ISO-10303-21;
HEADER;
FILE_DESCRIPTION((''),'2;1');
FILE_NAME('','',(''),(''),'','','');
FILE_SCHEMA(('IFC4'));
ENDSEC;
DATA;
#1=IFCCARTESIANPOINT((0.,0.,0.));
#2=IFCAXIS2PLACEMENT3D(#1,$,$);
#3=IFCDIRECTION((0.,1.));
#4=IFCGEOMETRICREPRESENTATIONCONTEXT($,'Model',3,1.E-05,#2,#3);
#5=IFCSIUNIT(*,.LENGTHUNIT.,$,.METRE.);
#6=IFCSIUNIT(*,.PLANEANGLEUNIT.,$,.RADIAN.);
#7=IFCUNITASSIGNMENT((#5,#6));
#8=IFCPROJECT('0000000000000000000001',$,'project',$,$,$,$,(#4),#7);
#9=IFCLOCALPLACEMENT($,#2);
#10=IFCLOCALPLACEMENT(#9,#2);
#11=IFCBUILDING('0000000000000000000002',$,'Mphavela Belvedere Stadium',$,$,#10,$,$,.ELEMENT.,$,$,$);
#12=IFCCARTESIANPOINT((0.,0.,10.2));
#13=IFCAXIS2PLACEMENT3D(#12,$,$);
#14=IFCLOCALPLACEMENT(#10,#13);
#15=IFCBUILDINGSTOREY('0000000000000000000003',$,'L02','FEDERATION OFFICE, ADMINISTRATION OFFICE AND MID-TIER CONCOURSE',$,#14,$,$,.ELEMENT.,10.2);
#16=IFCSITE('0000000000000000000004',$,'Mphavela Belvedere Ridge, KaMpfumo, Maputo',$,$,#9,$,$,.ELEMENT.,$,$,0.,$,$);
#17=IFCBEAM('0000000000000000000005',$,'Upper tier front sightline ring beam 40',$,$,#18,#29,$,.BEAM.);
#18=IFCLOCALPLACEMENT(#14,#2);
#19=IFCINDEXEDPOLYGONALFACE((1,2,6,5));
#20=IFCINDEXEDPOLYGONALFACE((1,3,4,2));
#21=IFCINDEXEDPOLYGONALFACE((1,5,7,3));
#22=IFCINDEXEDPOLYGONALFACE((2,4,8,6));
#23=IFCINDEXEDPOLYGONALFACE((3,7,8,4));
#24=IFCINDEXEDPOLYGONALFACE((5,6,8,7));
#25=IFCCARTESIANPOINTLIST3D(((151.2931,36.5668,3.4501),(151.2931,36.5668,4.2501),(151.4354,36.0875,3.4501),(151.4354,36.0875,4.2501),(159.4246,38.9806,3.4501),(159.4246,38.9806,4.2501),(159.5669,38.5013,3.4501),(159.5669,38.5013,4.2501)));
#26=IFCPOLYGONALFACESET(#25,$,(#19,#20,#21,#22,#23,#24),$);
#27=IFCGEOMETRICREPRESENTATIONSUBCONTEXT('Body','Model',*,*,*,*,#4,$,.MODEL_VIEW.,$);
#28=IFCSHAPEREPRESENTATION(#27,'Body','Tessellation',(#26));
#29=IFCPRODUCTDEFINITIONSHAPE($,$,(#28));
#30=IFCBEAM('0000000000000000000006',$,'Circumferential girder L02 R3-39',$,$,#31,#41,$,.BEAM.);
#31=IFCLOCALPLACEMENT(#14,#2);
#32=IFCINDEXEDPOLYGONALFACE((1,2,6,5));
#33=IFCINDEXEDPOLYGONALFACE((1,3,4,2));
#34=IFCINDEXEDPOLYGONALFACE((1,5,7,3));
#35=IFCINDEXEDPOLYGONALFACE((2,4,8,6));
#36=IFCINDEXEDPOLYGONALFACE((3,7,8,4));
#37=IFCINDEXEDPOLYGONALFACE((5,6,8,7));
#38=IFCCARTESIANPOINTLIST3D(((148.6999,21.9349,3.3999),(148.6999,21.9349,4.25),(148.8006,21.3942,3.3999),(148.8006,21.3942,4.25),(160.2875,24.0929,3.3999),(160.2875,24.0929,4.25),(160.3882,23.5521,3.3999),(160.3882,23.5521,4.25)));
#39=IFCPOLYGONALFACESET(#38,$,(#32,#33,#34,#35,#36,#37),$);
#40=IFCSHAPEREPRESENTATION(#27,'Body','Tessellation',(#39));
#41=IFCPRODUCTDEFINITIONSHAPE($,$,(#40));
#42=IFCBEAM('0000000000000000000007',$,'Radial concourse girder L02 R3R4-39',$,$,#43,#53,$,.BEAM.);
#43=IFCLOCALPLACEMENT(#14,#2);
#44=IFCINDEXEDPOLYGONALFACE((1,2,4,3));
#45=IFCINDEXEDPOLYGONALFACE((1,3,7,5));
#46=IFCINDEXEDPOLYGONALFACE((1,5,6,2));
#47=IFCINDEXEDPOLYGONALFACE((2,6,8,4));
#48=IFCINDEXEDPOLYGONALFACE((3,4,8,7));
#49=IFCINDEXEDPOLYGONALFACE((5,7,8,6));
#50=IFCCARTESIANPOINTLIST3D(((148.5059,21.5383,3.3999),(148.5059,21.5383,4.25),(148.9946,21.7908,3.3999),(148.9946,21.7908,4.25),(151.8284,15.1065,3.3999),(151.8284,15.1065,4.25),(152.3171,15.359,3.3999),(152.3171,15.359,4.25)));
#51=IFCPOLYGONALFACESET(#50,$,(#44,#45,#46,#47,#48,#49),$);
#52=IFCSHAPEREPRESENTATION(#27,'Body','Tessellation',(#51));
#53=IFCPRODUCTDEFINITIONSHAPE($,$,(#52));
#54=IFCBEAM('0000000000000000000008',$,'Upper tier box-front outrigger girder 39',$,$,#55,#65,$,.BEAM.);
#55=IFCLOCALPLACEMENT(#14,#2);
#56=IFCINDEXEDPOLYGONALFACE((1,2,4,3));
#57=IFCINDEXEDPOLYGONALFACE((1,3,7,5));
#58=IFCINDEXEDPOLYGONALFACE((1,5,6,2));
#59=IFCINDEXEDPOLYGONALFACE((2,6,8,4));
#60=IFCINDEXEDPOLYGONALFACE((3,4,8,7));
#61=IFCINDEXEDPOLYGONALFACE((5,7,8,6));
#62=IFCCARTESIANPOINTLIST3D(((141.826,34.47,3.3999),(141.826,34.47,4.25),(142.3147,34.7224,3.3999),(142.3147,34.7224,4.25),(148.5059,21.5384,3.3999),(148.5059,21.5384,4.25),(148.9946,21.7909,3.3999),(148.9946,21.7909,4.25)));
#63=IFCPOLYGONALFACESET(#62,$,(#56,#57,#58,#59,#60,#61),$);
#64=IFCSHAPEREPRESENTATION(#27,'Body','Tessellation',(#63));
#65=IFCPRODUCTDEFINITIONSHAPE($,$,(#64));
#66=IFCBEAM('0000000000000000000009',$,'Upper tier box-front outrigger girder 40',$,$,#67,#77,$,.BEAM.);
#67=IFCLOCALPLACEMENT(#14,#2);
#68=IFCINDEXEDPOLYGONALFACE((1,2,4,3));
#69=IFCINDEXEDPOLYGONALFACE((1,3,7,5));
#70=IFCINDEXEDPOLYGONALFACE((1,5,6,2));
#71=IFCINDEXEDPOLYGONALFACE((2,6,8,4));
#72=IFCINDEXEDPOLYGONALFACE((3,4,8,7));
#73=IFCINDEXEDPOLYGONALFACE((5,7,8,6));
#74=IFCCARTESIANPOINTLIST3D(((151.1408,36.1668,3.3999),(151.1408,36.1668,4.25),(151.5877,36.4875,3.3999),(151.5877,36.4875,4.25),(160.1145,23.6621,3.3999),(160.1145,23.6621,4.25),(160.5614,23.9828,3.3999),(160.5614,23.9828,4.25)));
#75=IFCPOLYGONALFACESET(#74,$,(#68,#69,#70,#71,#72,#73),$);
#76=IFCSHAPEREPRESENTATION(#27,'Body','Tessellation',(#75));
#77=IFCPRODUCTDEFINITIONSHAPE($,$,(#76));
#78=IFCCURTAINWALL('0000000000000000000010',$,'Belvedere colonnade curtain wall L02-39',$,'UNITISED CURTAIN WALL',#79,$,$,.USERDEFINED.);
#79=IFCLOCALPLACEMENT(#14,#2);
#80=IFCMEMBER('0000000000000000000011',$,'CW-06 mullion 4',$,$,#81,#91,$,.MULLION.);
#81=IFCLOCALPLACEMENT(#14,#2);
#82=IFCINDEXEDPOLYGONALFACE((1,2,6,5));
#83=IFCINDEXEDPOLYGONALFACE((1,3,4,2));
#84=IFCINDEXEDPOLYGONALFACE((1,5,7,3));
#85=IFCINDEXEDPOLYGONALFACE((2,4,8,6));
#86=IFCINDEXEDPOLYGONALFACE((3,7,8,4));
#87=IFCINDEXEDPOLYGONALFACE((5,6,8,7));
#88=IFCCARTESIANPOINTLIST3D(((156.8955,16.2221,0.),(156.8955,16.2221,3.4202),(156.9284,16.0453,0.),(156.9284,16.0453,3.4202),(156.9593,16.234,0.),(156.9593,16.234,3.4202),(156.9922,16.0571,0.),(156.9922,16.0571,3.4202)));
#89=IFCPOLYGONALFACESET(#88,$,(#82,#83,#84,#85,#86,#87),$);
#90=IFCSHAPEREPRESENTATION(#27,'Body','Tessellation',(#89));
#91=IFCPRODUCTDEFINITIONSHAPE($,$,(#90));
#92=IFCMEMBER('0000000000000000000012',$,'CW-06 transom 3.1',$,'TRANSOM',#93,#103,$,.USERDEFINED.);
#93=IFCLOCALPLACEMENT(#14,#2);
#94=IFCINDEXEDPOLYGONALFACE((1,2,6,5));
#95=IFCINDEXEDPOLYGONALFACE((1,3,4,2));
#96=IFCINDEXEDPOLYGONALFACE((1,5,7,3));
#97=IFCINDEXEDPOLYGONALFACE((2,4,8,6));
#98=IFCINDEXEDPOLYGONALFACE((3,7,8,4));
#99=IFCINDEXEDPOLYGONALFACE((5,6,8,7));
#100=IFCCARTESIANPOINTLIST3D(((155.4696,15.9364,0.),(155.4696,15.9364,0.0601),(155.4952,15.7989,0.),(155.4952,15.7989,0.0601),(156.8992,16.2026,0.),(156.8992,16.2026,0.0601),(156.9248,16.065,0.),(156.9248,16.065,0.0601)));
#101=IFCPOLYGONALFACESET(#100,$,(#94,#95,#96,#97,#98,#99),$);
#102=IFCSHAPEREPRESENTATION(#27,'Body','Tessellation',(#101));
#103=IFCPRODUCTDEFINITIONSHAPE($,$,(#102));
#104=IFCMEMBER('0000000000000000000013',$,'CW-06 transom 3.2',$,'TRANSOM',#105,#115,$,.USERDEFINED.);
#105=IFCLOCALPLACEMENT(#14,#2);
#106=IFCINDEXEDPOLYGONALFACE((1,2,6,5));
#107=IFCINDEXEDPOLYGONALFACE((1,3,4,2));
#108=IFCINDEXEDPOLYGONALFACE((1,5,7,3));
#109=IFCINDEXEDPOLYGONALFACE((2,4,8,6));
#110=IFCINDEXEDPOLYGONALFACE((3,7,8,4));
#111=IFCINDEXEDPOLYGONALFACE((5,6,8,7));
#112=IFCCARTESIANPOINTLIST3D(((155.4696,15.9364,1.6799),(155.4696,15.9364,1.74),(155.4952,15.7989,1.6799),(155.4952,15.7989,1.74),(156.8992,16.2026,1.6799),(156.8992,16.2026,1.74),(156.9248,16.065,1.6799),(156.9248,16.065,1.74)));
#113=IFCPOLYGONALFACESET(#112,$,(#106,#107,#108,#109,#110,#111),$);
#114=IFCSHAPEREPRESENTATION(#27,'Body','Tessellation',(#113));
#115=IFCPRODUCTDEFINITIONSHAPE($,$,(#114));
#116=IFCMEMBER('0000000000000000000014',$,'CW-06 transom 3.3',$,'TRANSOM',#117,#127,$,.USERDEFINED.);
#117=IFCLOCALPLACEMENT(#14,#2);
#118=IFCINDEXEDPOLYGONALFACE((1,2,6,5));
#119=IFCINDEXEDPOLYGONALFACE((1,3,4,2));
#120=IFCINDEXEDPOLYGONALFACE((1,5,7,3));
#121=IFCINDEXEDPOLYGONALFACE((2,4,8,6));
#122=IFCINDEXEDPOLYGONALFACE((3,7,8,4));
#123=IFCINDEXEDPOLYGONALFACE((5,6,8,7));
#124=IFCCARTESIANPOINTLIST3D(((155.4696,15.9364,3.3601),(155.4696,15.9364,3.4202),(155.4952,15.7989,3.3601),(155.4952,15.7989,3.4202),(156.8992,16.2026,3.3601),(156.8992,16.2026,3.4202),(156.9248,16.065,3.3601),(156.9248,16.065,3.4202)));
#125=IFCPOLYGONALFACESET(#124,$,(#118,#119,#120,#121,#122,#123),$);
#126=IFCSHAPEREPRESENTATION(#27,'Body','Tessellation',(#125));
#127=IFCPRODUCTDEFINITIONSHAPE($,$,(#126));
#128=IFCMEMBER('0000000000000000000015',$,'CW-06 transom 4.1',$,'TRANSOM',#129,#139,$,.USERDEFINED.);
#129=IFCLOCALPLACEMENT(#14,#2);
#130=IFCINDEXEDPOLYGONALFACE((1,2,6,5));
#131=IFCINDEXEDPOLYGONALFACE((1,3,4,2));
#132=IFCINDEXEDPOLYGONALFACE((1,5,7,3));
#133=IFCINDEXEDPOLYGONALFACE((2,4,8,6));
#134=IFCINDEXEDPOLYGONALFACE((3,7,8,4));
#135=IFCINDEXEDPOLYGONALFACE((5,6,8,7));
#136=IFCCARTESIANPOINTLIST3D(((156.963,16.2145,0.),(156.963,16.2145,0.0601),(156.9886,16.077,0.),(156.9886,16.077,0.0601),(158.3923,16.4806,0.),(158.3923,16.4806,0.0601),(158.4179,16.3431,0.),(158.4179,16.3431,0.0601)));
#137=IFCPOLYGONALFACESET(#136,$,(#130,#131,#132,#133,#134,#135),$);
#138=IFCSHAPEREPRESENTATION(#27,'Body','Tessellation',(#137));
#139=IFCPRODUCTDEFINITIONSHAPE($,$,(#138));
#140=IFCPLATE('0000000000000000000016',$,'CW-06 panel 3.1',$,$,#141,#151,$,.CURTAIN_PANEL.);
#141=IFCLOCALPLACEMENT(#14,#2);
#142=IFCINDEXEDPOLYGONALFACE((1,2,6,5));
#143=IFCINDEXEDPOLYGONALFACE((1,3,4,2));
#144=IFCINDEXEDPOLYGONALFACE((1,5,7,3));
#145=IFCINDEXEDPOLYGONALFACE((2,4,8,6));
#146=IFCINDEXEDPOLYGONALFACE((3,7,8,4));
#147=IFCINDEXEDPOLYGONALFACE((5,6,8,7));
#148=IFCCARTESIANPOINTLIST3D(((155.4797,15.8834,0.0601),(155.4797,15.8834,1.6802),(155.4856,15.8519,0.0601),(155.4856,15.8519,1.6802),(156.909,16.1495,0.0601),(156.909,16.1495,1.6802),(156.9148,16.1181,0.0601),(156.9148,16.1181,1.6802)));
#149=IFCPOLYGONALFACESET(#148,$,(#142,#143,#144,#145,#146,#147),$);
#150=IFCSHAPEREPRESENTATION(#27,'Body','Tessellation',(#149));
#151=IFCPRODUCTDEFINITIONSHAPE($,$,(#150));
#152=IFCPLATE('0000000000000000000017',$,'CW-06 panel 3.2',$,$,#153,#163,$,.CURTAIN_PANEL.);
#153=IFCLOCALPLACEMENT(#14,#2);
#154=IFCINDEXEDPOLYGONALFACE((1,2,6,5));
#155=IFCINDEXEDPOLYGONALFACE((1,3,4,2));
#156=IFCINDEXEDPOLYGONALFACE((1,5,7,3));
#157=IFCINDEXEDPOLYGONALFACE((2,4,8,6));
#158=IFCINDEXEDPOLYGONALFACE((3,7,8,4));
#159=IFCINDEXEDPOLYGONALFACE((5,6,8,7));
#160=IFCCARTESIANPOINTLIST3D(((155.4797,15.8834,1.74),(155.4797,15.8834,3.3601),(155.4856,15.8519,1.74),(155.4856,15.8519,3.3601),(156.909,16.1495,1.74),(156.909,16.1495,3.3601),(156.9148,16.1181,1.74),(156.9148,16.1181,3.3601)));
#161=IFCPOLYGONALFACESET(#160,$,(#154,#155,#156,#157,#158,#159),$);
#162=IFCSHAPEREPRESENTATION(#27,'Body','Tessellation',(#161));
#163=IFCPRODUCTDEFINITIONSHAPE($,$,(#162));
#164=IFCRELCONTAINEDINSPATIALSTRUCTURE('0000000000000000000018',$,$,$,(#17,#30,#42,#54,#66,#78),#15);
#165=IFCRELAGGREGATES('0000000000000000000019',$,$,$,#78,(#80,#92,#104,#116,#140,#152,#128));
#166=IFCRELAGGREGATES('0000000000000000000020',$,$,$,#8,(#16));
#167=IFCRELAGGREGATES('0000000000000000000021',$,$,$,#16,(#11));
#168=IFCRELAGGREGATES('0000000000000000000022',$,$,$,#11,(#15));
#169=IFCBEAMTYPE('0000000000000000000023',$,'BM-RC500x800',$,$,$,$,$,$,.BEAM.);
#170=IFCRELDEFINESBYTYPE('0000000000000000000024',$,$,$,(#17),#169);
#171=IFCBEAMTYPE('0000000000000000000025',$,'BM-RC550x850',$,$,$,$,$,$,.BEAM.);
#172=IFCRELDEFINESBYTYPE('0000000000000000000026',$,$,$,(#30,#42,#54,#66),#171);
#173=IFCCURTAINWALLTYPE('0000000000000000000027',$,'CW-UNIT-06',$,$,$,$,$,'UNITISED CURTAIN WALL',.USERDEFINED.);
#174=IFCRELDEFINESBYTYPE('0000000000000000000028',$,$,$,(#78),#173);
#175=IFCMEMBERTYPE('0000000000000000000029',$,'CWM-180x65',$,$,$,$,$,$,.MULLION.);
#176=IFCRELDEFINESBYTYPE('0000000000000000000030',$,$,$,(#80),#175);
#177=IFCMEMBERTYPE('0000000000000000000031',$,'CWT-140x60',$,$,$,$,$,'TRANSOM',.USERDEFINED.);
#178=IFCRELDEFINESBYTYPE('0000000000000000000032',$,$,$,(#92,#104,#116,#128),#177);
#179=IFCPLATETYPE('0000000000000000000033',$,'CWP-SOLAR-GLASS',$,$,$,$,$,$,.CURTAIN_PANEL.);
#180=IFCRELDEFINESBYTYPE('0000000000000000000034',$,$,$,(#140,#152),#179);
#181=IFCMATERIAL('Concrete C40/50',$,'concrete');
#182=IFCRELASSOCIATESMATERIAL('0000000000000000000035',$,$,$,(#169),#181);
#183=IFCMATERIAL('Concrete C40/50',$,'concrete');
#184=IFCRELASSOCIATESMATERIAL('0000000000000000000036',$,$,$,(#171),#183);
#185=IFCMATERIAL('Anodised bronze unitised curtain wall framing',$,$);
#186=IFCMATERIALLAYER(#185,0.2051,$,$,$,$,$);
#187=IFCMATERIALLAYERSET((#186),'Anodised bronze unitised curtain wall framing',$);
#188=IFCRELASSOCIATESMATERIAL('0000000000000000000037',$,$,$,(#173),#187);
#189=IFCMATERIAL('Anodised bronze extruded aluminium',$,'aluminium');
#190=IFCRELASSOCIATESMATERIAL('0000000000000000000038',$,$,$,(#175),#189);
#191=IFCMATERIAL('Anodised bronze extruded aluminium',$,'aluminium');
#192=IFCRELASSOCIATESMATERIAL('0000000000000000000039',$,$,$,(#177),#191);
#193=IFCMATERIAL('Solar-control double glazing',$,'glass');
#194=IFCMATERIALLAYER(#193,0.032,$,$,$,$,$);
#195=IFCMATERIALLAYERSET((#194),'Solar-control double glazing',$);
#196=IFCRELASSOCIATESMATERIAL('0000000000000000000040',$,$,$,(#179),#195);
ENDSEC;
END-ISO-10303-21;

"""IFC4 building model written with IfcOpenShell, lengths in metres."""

from ifc_helpers import new_model, si_unit, direction, frame, origin, origin_2d, place, context, subcontext, project, spatial, rectangle, extrude, material, layer, layer_set, material_profile, profile_set, type_object, element, aggregate, save


model = new_model("IFC4")

# Units and contexts
model_context = context("Model", 3, precision=1e-05, world=origin(), true_north=direction((0.0, 1.0)))
body_context = subcontext(model_context, "Body", "Model", "MODEL_VIEW")
ifc_project = project(units=[si_unit("LENGTHUNIT", "METRE"), si_unit("PLANEANGLEUNIT", "RADIAN")], contexts=[model_context])

# Site, building, storey
site_placement = place(None, origin())
site = spatial("IfcSite", under=ifc_project, at=site_placement, Name="Mphavela Belvedere Ridge, KaMpfumo, Maputo", CompositionType="ELEMENT", RefElevation=0.0)
building_placement = place(site_placement, origin())
building = spatial("IfcBuilding", under=site, at=building_placement, Name="Mphavela Belvedere Stadium", CompositionType="ELEMENT")
storey_placement = place(building_placement, frame((0.0, 0.0, 10.2)))
storey = spatial("IfcBuildingStorey", under=building, at=storey_placement, Name="L02", Description="FEDERATION OFFICE, ADMINISTRATION OFFICE AND MID-TIER CONCOURSE", CompositionType="ELEMENT", Elevation=10.2)

# Beams
ifc_material_1 = material(Name="Concrete C40/50", Category="concrete")
ifc_material_profile_1 = material_profile(ifc_material_1, rectangle(XDim=0.5, YDim=0.8, at=origin_2d()), Name="RC 500x800")
ifc_profile_set_1 = profile_set([ifc_material_profile_1], Name="Concrete C40/50")
beam_type_1 = type_object("IfcBeamType", Name="BM-RC500x800", PredefinedType="BEAM", material=ifc_profile_set_1)
beam_1_placement = place(storey_placement, frame((151.3643, 36.3271, 3.8501), z_axis=(0.958655, 0.284571, 0.0), x_axis=(-0.284571, 0.958655, 0.0)))
element("IfcBeam", 1, at=beam_1_placement, inside=storey, type_object=beam_type_1, Name="Upper tier front sightline ring beam 40", PredefinedType="BEAM", context=body_context, shape_type="SweptSolid", body=[
    extrude(rectangle(XDim=0.5, YDim=0.8, at=origin_2d()), origin(), (0.0, 0.0, 1.0), 8.4822),
])
ifc_material_2 = material(Name="Concrete C40/50", Category="concrete")
ifc_material_profile_2 = material_profile(ifc_material_2, rectangle(XDim=0.55, YDim=0.8501, at=origin_2d()), Name="RC 550x850")
ifc_profile_set_2 = profile_set([ifc_material_profile_2], Name="Concrete C40/50")
beam_type_2 = type_object("IfcBeamType", Name="BM-RC550x850", PredefinedType="BEAM", material=ifc_profile_set_2)
beam_2_placement = place(storey_placement, frame((148.7502, 21.6646, 3.825), z_axis=(0.983098, 0.183082, 0.0), x_axis=(-0.183082, 0.983098, 0.0)))
element("IfcBeam", 2, at=beam_2_placement, inside=storey, type_object=beam_type_2, Name="Circumferential girder L02 R3-39", PredefinedType="BEAM", context=body_context, shape_type="SweptSolid", body=[
    extrude(rectangle(XDim=0.55, YDim=0.8501, at=origin_2d()), origin(), (0.0, 0.0, 1.0), 11.7869),
])
beam_3_placement = place(storey_placement, frame((148.7502, 21.6646, 3.825), z_axis=(0.458951, -0.888461, 0.0), x_axis=(0.888461, 0.458951, 0.0)))
element("IfcBeam", 3, at=beam_3_placement, inside=storey, type_object=beam_type_2, Name="Radial concourse girder L02 R3R4-39", PredefinedType="BEAM", context=body_context, shape_type="SweptSolid", body=[
    extrude(rectangle(XDim=0.55, YDim=0.8501, at=origin_2d()), origin(), (0.0, 0.0, 1.0), 7.2393),
])
beam_4_placement = place(storey_placement, frame((142.0703, 34.5962, 3.825), z_axis=(0.458943, -0.888466, 0.0), x_axis=(0.888466, 0.458943, 0.0)))
element("IfcBeam", 4, at=beam_4_placement, inside=storey, type_object=beam_type_2, Name="Upper tier box-front outrigger girder 39", PredefinedType="BEAM", context=body_context, shape_type="SweptSolid", body=[
    extrude(rectangle(XDim=0.55, YDim=0.8501, at=origin_2d()), origin(), (0.0, 0.0, 1.0), 14.5549),
])
beam_5_placement = place(storey_placement, frame((151.3643, 36.3271, 3.825), z_axis=(0.583033, -0.812449, 0.0), x_axis=(0.812449, 0.583033, 0.0)))
element("IfcBeam", 5, at=beam_5_placement, inside=storey, type_object=beam_type_2, Name="Upper tier box-front outrigger girder 40", PredefinedType="BEAM", context=body_context, shape_type="SweptSolid", body=[
    extrude(rectangle(XDim=0.55, YDim=0.8501, at=origin_2d()), origin(), (0.0, 0.0, 1.0), 15.3914),
])

# Curtain wall, members, plates
ifc_material_3 = material(Name="Anodised bronze unitised curtain wall framing")
ifc_layer_1 = layer(ifc_material_3, 0.2051)
ifc_layer_set_1 = layer_set([ifc_layer_1], Name="Anodised bronze unitised curtain wall framing")
curtain_wall_type = type_object("IfcCurtainWallType", Name="CW-UNIT-06", ElementType="UNITISED CURTAIN WALL", PredefinedType="USERDEFINED", material=ifc_layer_set_1)
curtain_wall_placement = place(storey_placement, origin())
curtain_wall = element("IfcCurtainWall", 6, at=curtain_wall_placement, inside=storey, type_object=curtain_wall_type, Name="Belvedere colonnade curtain wall L02-39", ObjectType="UNITISED CURTAIN WALL", PredefinedType="USERDEFINED")
ifc_material_4 = material(Name="Anodised bronze extruded aluminium", Category="aluminium")
ifc_material_profile_3 = material_profile(ifc_material_4, rectangle(XDim=0.1799, YDim=0.0649, at=origin_2d()), Name="CW-MUL 180x65")
ifc_profile_set_3 = profile_set([ifc_material_profile_3], Name="Anodised bronze extruded aluminium")
member_type_1 = type_object("IfcMemberType", Name="CWM-180x65", PredefinedType="MULLION", material=ifc_profile_set_3)
member_1_placement = place(storey_placement, frame((156.9438, 16.1396, 0.0), z_axis=(0.0, 0.0, 1.0), x_axis=(-0.183085, 0.983097, 0.0)))
member_1 = element("IfcMember", 7, at=member_1_placement, type_object=member_type_1, Name="CW-06 mullion 4", PredefinedType="MULLION", context=body_context, shape_type="SweptSolid", body=[
    extrude(rectangle(XDim=0.1799, YDim=0.0649, at=origin_2d()), origin(), (0.0, 0.0, 1.0), 3.4202),
])
ifc_material_5 = material(Name="Anodised bronze extruded aluminium", Category="aluminium")
ifc_material_profile_4 = material_profile(ifc_material_5, rectangle(XDim=0.1399, YDim=0.0601, at=origin_2d()), Name="CW-TRN 140x60")
ifc_profile_set_4 = profile_set([ifc_material_profile_4], Name="Anodised bronze extruded aluminium")
member_type_2 = type_object("IfcMemberType", Name="CWT-140x60", ElementType="TRANSOM", PredefinedType="USERDEFINED", material=ifc_profile_set_4)
member_2_placement = place(storey_placement, frame((155.4824, 15.8677, 0.03), z_axis=(0.983109, 0.183021, 0.0), x_axis=(-0.183021, 0.983109, 0.0)))
member_2 = element("IfcMember", 8, at=member_2_placement, type_object=member_type_2, Name="CW-06 transom 3.1", ObjectType="TRANSOM", PredefinedType="USERDEFINED", context=body_context, shape_type="SweptSolid", body=[
    extrude(rectangle(XDim=0.1399, YDim=0.0601, at=origin_2d()), origin(), (0.0, 0.0, 1.0), 1.4541),
])
member_3_placement = place(storey_placement, frame((155.4824, 15.8677, 1.71), z_axis=(0.983109, 0.183021, 0.0), x_axis=(-0.183021, 0.983109, 0.0)))
member_3 = element("IfcMember", 9, at=member_3_placement, type_object=member_type_2, Name="CW-06 transom 3.2", ObjectType="TRANSOM", PredefinedType="USERDEFINED", context=body_context, shape_type="SweptSolid", body=[
    extrude(rectangle(XDim=0.1399, YDim=0.0601, at=origin_2d()), origin(), (0.0, 0.0, 1.0), 1.4541),
])
member_4_placement = place(storey_placement, frame((155.4824, 15.8677, 3.3901), z_axis=(0.983109, 0.183021, 0.0), x_axis=(-0.183021, 0.983109, 0.0)))
member_4 = element("IfcMember", 10, at=member_4_placement, type_object=member_type_2, Name="CW-06 transom 3.3", ObjectType="TRANSOM", PredefinedType="USERDEFINED", context=body_context, shape_type="SweptSolid", body=[
    extrude(rectangle(XDim=0.1399, YDim=0.0601, at=origin_2d()), origin(), (0.0, 0.0, 1.0), 1.4541),
])
member_5_placement = place(storey_placement, frame((156.9758, 16.1458, 0.03), z_axis=(0.983103, 0.183051, 0.0), x_axis=(-0.183051, 0.983103, 0.0)))
member_5 = element("IfcMember", 11, at=member_5_placement, type_object=member_type_2, Name="CW-06 transom 4.1", ObjectType="TRANSOM", PredefinedType="USERDEFINED", context=body_context, shape_type="SweptSolid", body=[
    extrude(rectangle(XDim=0.1399, YDim=0.0601, at=origin_2d()), origin(), (0.0, 0.0, 1.0), 1.4539),
])
ifc_material_6 = material(Name="Solar-control double glazing", Category="glass")
ifc_layer_2 = layer(ifc_material_6, 0.032)
ifc_layer_set_2 = layer_set([ifc_layer_2], Name="Solar-control double glazing")
plate_type = type_object("IfcPlateType", Name="CWP-SOLAR-GLASS", PredefinedType="CURTAIN_PANEL", material=ifc_layer_set_2)
plate_1_placement = place(storey_placement, frame((156.1973, 16.0007, 0.0601), z_axis=(0.0, 0.0, 1.0), x_axis=(0.983097, 0.183085, 0.0)))
plate_1 = element("IfcPlate", 12, at=plate_1_placement, type_object=plate_type, Name="CW-06 panel 3.1", PredefinedType="CURTAIN_PANEL", context=body_context, shape_type="SweptSolid", body=[
    extrude(rectangle(XDim=1.4539, YDim=0.032, at=origin_2d()), origin(), (0.0, 0.0, 1.0), 1.6201),
])
plate_2_placement = place(storey_placement, frame((156.1973, 16.0007, 1.74), z_axis=(0.0, 0.0, 1.0), x_axis=(0.983097, 0.183085, 0.0)))
plate_2 = element("IfcPlate", 13, at=plate_2_placement, type_object=plate_type, Name="CW-06 panel 3.2", PredefinedType="CURTAIN_PANEL", context=body_context, shape_type="SweptSolid", body=[
    extrude(rectangle(XDim=1.4539, YDim=0.032, at=origin_2d()), origin(), (0.0, 0.0, 1.0), 1.6201),
])
aggregate(curtain_wall, [member_1, member_2, member_3, member_4, plate_1, plate_2, member_5])

save(model, "model.ifc")
